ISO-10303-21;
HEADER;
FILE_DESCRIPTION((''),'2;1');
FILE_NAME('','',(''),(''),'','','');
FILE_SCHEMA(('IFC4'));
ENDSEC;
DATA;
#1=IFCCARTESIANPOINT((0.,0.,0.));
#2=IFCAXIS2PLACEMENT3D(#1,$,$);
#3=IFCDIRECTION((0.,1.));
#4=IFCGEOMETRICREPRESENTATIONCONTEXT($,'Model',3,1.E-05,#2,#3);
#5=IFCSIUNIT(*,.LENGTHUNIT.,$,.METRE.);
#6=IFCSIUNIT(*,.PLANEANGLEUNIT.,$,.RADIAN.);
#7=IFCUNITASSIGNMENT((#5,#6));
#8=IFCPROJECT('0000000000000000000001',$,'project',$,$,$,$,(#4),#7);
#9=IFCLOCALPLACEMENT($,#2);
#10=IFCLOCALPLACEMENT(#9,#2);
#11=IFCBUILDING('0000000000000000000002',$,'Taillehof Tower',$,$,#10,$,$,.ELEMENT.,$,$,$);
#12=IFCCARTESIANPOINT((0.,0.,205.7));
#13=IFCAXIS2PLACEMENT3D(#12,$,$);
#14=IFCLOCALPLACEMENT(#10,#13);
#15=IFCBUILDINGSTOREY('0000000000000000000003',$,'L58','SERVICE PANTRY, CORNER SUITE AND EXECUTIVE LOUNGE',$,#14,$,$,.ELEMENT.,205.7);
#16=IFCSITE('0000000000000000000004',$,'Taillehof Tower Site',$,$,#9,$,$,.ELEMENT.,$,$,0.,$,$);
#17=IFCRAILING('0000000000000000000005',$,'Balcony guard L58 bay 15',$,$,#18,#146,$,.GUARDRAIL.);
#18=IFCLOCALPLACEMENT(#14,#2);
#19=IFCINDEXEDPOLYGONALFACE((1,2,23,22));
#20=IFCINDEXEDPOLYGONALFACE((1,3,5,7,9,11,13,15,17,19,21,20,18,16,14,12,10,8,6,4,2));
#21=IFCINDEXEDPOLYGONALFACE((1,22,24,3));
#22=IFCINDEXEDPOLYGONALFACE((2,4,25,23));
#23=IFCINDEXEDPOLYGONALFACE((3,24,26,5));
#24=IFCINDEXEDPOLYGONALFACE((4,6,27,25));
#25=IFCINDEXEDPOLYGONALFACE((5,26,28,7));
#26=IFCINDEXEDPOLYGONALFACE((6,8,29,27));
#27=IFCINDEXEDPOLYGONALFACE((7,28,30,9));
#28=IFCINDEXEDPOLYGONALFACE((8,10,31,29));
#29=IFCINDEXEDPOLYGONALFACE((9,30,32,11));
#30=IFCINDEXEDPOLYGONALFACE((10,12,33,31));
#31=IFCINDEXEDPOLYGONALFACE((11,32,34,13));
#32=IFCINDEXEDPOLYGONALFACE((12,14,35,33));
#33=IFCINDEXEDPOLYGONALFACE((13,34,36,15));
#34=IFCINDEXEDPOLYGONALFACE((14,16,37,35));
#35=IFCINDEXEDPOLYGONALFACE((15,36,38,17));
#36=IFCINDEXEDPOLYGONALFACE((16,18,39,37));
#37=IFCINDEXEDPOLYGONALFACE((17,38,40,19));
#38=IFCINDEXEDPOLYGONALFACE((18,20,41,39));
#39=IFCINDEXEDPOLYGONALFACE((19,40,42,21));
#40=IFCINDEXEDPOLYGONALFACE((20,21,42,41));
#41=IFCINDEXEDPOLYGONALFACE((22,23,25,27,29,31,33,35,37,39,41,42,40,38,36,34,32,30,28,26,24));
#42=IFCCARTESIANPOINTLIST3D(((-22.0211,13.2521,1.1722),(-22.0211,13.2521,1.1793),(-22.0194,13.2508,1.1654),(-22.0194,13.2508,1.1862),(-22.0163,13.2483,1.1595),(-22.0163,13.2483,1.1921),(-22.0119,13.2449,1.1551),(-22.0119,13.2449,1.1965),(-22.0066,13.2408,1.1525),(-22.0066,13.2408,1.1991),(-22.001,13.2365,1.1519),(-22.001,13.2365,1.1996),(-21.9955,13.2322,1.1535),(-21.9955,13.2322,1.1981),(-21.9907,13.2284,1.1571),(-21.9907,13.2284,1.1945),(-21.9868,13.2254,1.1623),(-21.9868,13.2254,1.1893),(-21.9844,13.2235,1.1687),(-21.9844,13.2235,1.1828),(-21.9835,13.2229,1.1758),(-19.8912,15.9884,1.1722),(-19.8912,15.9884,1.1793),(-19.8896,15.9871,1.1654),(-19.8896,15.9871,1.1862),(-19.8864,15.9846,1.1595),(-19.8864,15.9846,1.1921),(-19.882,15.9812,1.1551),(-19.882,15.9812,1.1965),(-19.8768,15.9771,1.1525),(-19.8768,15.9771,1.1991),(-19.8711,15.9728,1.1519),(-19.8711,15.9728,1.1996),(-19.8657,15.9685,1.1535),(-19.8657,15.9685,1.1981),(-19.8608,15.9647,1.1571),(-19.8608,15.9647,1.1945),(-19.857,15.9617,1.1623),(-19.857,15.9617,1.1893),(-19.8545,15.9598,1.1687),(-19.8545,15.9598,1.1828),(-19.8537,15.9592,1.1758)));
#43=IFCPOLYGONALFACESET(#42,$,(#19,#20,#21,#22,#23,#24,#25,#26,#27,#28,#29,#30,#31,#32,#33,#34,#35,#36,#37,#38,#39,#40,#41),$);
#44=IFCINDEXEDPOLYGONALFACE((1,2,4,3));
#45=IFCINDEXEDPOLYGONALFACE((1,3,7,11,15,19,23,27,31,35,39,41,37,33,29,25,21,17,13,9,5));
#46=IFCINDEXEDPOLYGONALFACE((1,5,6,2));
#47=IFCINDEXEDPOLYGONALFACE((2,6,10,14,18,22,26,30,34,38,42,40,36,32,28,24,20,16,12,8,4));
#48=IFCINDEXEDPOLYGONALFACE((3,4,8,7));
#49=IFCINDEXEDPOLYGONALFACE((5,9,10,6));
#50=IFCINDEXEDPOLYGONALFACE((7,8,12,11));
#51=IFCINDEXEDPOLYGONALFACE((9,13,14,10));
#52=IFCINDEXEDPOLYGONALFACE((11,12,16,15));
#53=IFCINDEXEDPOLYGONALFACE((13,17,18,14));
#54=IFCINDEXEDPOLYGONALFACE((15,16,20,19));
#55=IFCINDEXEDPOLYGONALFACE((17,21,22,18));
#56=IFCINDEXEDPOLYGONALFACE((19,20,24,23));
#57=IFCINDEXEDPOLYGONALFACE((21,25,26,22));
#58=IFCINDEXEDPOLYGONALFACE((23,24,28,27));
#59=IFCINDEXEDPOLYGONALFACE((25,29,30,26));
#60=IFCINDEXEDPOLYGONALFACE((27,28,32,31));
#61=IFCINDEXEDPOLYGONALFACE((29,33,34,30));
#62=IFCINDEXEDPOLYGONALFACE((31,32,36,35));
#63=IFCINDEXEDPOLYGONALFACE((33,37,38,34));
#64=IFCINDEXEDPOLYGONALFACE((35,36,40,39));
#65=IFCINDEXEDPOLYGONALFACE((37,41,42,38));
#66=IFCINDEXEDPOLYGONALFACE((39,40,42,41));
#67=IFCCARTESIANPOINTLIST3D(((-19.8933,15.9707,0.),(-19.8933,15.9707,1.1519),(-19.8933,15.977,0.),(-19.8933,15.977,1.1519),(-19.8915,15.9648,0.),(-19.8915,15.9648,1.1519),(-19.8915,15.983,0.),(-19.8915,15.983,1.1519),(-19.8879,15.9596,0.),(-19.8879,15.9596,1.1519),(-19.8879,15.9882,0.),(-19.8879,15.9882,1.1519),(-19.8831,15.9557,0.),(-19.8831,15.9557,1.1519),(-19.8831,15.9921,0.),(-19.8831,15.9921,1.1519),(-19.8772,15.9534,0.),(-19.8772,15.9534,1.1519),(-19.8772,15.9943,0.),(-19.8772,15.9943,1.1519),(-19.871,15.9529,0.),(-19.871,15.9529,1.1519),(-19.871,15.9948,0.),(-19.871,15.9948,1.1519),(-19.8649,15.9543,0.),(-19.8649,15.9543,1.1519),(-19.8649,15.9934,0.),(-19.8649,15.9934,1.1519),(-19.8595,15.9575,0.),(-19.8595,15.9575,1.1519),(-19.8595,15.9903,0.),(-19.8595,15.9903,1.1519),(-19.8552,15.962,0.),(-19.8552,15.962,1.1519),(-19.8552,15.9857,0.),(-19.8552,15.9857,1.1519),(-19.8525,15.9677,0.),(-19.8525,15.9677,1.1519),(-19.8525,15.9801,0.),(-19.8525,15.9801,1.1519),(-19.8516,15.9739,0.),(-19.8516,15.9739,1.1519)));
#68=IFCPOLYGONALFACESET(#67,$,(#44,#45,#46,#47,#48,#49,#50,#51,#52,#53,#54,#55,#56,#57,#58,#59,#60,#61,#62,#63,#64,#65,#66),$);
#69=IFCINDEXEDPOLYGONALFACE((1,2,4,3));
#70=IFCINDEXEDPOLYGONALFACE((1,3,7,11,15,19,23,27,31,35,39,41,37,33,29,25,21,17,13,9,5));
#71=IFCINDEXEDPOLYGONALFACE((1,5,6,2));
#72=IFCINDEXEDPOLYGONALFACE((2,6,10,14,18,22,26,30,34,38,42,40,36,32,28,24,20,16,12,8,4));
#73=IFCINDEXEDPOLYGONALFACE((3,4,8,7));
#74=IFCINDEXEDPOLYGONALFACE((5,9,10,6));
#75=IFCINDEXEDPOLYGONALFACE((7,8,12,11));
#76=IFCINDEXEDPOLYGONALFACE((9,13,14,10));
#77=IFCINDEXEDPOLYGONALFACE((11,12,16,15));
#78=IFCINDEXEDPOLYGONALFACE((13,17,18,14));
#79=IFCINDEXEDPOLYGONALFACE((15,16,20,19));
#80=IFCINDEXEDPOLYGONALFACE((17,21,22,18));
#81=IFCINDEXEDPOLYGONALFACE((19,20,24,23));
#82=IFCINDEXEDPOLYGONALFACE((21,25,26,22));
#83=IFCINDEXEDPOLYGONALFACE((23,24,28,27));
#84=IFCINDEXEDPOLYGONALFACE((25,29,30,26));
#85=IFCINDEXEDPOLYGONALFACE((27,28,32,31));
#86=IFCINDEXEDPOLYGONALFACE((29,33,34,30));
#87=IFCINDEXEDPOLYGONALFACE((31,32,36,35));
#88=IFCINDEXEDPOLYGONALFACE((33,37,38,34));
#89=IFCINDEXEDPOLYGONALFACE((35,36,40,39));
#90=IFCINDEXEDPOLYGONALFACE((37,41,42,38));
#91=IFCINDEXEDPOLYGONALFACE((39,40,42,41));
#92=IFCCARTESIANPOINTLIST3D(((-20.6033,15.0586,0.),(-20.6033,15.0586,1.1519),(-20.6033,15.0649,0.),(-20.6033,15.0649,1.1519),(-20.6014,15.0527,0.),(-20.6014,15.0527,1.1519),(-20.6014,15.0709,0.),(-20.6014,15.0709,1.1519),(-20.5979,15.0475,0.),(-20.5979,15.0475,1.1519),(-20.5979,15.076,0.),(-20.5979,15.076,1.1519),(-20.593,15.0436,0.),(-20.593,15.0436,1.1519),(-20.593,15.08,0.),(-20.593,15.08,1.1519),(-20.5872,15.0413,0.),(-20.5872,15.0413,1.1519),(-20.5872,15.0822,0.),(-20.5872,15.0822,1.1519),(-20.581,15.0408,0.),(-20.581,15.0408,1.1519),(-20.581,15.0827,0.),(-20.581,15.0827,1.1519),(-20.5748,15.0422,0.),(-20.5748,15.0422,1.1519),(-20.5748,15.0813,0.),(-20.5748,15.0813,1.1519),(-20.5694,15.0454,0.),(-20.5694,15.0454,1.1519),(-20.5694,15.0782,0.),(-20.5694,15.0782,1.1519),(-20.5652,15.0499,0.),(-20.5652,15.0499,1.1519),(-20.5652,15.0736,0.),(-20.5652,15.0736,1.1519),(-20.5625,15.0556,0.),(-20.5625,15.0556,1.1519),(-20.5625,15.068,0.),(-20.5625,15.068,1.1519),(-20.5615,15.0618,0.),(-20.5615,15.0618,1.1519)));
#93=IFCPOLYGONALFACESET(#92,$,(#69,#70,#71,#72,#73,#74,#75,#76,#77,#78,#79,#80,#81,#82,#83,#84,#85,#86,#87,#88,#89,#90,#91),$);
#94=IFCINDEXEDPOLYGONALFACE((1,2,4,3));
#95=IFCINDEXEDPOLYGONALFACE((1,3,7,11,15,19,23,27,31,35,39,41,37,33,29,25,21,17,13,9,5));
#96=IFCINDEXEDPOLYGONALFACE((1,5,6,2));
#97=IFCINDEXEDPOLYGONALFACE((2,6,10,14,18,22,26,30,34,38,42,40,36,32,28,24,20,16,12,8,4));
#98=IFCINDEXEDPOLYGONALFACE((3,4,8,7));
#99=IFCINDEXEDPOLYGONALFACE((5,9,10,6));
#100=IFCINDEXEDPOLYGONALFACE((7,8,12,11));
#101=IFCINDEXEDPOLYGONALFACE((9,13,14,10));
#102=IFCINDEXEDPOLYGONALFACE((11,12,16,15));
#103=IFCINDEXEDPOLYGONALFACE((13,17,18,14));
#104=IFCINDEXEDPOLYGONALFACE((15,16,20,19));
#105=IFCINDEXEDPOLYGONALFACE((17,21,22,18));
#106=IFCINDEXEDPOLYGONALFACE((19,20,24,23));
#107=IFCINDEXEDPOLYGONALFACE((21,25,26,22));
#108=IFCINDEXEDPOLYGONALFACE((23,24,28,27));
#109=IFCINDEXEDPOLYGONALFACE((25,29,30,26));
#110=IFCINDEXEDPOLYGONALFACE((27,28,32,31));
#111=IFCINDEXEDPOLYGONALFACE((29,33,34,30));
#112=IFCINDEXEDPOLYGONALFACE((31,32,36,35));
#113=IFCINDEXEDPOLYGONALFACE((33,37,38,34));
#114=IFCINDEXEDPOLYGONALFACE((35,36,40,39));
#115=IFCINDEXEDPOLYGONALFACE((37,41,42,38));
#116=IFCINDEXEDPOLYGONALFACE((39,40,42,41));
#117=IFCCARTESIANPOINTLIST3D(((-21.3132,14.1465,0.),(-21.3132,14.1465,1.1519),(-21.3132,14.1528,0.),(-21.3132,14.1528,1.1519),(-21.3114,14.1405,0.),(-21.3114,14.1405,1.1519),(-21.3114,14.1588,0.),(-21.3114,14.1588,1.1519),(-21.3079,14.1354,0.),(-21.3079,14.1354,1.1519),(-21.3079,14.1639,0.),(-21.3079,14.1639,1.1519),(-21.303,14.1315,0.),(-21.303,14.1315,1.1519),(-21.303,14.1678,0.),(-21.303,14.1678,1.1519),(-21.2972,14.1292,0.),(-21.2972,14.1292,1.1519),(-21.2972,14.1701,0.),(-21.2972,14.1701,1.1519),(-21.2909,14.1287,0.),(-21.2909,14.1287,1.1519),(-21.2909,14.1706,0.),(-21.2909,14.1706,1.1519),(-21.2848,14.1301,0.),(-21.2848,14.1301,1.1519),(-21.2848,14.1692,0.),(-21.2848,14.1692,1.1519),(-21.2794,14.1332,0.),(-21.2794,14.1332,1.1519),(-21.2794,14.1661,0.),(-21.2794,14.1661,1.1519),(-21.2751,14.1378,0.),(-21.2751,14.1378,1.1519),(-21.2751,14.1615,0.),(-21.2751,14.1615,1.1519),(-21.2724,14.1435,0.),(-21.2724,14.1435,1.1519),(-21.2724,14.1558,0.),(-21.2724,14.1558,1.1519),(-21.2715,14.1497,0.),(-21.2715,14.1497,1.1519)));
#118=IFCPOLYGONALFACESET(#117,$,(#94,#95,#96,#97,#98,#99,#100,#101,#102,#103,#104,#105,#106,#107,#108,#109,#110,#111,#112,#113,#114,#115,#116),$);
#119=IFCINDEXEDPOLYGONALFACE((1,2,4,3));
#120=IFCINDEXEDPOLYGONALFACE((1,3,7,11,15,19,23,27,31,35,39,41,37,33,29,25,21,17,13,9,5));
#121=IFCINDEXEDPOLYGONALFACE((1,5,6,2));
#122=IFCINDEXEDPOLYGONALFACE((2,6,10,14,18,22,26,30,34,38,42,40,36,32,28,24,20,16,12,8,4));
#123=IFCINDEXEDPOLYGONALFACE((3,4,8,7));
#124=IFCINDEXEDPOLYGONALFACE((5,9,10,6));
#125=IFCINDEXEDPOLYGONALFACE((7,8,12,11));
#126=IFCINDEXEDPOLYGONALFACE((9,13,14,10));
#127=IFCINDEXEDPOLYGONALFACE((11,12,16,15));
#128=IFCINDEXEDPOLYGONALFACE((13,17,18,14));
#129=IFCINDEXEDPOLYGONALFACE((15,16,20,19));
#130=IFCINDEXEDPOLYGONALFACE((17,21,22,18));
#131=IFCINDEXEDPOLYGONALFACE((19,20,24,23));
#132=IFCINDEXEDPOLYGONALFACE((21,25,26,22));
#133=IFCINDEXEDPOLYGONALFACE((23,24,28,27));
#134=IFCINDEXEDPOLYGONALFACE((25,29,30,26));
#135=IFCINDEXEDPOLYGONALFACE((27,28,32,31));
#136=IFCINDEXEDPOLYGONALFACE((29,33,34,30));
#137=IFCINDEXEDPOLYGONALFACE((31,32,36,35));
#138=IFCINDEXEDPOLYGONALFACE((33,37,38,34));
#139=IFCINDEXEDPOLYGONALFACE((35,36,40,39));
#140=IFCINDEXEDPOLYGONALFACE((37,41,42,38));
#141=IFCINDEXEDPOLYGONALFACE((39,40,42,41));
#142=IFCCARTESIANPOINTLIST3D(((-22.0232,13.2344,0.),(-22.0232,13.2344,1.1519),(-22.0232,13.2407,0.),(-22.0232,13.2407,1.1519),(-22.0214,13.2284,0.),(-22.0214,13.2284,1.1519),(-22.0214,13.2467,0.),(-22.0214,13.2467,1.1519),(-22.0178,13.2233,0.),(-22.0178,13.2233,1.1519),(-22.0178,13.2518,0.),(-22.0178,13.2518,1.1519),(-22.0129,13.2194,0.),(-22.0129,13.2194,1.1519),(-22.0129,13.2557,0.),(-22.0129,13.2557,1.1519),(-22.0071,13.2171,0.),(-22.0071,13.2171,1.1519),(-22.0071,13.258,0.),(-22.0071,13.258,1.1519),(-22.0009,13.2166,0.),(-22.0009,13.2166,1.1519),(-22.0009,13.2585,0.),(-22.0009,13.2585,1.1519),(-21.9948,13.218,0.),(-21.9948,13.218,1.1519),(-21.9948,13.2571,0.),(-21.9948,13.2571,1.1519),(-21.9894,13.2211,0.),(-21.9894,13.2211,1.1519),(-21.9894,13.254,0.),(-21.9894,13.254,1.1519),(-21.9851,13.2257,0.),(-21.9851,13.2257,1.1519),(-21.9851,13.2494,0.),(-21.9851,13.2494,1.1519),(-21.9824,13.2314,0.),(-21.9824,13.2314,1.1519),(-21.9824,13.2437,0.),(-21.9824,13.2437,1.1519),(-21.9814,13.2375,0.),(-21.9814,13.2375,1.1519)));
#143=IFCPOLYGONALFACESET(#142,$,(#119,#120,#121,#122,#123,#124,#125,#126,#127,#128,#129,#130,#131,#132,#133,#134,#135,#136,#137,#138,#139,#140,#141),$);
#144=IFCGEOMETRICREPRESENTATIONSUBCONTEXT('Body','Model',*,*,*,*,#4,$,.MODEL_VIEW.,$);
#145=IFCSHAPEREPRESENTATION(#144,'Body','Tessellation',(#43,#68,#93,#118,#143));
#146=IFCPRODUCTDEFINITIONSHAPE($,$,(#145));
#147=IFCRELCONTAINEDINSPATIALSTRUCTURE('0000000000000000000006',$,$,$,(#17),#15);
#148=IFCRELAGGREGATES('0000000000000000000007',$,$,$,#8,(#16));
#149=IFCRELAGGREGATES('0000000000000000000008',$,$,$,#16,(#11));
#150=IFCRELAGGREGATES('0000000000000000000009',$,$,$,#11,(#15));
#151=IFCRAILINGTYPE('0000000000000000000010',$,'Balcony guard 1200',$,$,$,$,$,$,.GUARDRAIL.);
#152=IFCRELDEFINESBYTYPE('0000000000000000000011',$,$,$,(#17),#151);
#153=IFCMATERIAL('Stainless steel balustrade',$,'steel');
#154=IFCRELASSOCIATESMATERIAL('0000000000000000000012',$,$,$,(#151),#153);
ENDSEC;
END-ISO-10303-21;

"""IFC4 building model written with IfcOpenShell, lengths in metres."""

from ifc_helpers import new_model, si_unit, direction, frame, origin, origin_2d, place, context, subcontext, project, spatial, circle, extrude, material, type_object, element, save


model = new_model("IFC4")

# Units and contexts
model_context = context("Model", 3, precision=1e-05, world=origin(), true_north=direction((0.0, 1.0)))
body_context = subcontext(model_context, "Body", "Model", "MODEL_VIEW")
ifc_project = project(units=[si_unit("LENGTHUNIT", "METRE"), si_unit("PLANEANGLEUNIT", "RADIAN")], contexts=[model_context])

# Site, building, storey
site_placement = place(None, origin())
site = spatial("IfcSite", under=ifc_project, at=site_placement, Name="Taillehof Tower Site", CompositionType="ELEMENT", RefElevation=0.0)
building_placement = place(site_placement, origin())
building = spatial("IfcBuilding", under=site, at=building_placement, Name="Taillehof Tower", CompositionType="ELEMENT")
storey_placement = place(building_placement, frame((0.0, 0.0, 205.7)))
storey = spatial("IfcBuildingStorey", under=building, at=storey_placement, Name="L58", Description="SERVICE PANTRY, CORNER SUITE AND EXECUTIVE LOUNGE", CompositionType="ELEMENT", Elevation=205.7)

# Railing
ifc_material_1 = material(Name="Stainless steel balustrade", Category="steel")
railing_type = type_object("IfcRailingType", Name="Balcony guard 1200", PredefinedType="GUARDRAIL", material=ifc_material_1)
railing_1_placement = place(storey_placement, frame((-19.8726, 15.9739, 0.0)))
element("IfcRailing", 1, at=railing_1_placement, inside=storey, type_object=railing_type, Name="Balcony guard L58 bay 15", PredefinedType="GUARDRAIL", context=body_context, shape_type="SweptSolid", body=[
    extrude(circle(Radius=0.0239, at=origin_2d()), frame((0.0, 0.0, 1.1758), z_axis=(-0.614233, -0.789125, 0.0), x_axis=(0.789125, -0.614233, 0.0)), (0.0, 0.0, 1.0), 3.4675),
    extrude(circle(Radius=0.021, at=origin_2d()), origin(), (0.0, 0.0, 1.0), 1.1519),
    extrude(circle(Radius=0.021, at=origin_2d()), frame((-0.71, -0.9121, 0.0)), (0.0, 0.0, 1.0), 1.1519),
    extrude(circle(Radius=0.021, at=origin_2d()), frame((-1.4199, -1.8242, 0.0)), (0.0, 0.0, 1.0), 1.1519),
    extrude(circle(Radius=0.021, at=origin_2d()), frame((-2.1299, -2.7363, 0.0)), (0.0, 0.0, 1.0), 1.1519),
])

save(model, "model.ifc")
